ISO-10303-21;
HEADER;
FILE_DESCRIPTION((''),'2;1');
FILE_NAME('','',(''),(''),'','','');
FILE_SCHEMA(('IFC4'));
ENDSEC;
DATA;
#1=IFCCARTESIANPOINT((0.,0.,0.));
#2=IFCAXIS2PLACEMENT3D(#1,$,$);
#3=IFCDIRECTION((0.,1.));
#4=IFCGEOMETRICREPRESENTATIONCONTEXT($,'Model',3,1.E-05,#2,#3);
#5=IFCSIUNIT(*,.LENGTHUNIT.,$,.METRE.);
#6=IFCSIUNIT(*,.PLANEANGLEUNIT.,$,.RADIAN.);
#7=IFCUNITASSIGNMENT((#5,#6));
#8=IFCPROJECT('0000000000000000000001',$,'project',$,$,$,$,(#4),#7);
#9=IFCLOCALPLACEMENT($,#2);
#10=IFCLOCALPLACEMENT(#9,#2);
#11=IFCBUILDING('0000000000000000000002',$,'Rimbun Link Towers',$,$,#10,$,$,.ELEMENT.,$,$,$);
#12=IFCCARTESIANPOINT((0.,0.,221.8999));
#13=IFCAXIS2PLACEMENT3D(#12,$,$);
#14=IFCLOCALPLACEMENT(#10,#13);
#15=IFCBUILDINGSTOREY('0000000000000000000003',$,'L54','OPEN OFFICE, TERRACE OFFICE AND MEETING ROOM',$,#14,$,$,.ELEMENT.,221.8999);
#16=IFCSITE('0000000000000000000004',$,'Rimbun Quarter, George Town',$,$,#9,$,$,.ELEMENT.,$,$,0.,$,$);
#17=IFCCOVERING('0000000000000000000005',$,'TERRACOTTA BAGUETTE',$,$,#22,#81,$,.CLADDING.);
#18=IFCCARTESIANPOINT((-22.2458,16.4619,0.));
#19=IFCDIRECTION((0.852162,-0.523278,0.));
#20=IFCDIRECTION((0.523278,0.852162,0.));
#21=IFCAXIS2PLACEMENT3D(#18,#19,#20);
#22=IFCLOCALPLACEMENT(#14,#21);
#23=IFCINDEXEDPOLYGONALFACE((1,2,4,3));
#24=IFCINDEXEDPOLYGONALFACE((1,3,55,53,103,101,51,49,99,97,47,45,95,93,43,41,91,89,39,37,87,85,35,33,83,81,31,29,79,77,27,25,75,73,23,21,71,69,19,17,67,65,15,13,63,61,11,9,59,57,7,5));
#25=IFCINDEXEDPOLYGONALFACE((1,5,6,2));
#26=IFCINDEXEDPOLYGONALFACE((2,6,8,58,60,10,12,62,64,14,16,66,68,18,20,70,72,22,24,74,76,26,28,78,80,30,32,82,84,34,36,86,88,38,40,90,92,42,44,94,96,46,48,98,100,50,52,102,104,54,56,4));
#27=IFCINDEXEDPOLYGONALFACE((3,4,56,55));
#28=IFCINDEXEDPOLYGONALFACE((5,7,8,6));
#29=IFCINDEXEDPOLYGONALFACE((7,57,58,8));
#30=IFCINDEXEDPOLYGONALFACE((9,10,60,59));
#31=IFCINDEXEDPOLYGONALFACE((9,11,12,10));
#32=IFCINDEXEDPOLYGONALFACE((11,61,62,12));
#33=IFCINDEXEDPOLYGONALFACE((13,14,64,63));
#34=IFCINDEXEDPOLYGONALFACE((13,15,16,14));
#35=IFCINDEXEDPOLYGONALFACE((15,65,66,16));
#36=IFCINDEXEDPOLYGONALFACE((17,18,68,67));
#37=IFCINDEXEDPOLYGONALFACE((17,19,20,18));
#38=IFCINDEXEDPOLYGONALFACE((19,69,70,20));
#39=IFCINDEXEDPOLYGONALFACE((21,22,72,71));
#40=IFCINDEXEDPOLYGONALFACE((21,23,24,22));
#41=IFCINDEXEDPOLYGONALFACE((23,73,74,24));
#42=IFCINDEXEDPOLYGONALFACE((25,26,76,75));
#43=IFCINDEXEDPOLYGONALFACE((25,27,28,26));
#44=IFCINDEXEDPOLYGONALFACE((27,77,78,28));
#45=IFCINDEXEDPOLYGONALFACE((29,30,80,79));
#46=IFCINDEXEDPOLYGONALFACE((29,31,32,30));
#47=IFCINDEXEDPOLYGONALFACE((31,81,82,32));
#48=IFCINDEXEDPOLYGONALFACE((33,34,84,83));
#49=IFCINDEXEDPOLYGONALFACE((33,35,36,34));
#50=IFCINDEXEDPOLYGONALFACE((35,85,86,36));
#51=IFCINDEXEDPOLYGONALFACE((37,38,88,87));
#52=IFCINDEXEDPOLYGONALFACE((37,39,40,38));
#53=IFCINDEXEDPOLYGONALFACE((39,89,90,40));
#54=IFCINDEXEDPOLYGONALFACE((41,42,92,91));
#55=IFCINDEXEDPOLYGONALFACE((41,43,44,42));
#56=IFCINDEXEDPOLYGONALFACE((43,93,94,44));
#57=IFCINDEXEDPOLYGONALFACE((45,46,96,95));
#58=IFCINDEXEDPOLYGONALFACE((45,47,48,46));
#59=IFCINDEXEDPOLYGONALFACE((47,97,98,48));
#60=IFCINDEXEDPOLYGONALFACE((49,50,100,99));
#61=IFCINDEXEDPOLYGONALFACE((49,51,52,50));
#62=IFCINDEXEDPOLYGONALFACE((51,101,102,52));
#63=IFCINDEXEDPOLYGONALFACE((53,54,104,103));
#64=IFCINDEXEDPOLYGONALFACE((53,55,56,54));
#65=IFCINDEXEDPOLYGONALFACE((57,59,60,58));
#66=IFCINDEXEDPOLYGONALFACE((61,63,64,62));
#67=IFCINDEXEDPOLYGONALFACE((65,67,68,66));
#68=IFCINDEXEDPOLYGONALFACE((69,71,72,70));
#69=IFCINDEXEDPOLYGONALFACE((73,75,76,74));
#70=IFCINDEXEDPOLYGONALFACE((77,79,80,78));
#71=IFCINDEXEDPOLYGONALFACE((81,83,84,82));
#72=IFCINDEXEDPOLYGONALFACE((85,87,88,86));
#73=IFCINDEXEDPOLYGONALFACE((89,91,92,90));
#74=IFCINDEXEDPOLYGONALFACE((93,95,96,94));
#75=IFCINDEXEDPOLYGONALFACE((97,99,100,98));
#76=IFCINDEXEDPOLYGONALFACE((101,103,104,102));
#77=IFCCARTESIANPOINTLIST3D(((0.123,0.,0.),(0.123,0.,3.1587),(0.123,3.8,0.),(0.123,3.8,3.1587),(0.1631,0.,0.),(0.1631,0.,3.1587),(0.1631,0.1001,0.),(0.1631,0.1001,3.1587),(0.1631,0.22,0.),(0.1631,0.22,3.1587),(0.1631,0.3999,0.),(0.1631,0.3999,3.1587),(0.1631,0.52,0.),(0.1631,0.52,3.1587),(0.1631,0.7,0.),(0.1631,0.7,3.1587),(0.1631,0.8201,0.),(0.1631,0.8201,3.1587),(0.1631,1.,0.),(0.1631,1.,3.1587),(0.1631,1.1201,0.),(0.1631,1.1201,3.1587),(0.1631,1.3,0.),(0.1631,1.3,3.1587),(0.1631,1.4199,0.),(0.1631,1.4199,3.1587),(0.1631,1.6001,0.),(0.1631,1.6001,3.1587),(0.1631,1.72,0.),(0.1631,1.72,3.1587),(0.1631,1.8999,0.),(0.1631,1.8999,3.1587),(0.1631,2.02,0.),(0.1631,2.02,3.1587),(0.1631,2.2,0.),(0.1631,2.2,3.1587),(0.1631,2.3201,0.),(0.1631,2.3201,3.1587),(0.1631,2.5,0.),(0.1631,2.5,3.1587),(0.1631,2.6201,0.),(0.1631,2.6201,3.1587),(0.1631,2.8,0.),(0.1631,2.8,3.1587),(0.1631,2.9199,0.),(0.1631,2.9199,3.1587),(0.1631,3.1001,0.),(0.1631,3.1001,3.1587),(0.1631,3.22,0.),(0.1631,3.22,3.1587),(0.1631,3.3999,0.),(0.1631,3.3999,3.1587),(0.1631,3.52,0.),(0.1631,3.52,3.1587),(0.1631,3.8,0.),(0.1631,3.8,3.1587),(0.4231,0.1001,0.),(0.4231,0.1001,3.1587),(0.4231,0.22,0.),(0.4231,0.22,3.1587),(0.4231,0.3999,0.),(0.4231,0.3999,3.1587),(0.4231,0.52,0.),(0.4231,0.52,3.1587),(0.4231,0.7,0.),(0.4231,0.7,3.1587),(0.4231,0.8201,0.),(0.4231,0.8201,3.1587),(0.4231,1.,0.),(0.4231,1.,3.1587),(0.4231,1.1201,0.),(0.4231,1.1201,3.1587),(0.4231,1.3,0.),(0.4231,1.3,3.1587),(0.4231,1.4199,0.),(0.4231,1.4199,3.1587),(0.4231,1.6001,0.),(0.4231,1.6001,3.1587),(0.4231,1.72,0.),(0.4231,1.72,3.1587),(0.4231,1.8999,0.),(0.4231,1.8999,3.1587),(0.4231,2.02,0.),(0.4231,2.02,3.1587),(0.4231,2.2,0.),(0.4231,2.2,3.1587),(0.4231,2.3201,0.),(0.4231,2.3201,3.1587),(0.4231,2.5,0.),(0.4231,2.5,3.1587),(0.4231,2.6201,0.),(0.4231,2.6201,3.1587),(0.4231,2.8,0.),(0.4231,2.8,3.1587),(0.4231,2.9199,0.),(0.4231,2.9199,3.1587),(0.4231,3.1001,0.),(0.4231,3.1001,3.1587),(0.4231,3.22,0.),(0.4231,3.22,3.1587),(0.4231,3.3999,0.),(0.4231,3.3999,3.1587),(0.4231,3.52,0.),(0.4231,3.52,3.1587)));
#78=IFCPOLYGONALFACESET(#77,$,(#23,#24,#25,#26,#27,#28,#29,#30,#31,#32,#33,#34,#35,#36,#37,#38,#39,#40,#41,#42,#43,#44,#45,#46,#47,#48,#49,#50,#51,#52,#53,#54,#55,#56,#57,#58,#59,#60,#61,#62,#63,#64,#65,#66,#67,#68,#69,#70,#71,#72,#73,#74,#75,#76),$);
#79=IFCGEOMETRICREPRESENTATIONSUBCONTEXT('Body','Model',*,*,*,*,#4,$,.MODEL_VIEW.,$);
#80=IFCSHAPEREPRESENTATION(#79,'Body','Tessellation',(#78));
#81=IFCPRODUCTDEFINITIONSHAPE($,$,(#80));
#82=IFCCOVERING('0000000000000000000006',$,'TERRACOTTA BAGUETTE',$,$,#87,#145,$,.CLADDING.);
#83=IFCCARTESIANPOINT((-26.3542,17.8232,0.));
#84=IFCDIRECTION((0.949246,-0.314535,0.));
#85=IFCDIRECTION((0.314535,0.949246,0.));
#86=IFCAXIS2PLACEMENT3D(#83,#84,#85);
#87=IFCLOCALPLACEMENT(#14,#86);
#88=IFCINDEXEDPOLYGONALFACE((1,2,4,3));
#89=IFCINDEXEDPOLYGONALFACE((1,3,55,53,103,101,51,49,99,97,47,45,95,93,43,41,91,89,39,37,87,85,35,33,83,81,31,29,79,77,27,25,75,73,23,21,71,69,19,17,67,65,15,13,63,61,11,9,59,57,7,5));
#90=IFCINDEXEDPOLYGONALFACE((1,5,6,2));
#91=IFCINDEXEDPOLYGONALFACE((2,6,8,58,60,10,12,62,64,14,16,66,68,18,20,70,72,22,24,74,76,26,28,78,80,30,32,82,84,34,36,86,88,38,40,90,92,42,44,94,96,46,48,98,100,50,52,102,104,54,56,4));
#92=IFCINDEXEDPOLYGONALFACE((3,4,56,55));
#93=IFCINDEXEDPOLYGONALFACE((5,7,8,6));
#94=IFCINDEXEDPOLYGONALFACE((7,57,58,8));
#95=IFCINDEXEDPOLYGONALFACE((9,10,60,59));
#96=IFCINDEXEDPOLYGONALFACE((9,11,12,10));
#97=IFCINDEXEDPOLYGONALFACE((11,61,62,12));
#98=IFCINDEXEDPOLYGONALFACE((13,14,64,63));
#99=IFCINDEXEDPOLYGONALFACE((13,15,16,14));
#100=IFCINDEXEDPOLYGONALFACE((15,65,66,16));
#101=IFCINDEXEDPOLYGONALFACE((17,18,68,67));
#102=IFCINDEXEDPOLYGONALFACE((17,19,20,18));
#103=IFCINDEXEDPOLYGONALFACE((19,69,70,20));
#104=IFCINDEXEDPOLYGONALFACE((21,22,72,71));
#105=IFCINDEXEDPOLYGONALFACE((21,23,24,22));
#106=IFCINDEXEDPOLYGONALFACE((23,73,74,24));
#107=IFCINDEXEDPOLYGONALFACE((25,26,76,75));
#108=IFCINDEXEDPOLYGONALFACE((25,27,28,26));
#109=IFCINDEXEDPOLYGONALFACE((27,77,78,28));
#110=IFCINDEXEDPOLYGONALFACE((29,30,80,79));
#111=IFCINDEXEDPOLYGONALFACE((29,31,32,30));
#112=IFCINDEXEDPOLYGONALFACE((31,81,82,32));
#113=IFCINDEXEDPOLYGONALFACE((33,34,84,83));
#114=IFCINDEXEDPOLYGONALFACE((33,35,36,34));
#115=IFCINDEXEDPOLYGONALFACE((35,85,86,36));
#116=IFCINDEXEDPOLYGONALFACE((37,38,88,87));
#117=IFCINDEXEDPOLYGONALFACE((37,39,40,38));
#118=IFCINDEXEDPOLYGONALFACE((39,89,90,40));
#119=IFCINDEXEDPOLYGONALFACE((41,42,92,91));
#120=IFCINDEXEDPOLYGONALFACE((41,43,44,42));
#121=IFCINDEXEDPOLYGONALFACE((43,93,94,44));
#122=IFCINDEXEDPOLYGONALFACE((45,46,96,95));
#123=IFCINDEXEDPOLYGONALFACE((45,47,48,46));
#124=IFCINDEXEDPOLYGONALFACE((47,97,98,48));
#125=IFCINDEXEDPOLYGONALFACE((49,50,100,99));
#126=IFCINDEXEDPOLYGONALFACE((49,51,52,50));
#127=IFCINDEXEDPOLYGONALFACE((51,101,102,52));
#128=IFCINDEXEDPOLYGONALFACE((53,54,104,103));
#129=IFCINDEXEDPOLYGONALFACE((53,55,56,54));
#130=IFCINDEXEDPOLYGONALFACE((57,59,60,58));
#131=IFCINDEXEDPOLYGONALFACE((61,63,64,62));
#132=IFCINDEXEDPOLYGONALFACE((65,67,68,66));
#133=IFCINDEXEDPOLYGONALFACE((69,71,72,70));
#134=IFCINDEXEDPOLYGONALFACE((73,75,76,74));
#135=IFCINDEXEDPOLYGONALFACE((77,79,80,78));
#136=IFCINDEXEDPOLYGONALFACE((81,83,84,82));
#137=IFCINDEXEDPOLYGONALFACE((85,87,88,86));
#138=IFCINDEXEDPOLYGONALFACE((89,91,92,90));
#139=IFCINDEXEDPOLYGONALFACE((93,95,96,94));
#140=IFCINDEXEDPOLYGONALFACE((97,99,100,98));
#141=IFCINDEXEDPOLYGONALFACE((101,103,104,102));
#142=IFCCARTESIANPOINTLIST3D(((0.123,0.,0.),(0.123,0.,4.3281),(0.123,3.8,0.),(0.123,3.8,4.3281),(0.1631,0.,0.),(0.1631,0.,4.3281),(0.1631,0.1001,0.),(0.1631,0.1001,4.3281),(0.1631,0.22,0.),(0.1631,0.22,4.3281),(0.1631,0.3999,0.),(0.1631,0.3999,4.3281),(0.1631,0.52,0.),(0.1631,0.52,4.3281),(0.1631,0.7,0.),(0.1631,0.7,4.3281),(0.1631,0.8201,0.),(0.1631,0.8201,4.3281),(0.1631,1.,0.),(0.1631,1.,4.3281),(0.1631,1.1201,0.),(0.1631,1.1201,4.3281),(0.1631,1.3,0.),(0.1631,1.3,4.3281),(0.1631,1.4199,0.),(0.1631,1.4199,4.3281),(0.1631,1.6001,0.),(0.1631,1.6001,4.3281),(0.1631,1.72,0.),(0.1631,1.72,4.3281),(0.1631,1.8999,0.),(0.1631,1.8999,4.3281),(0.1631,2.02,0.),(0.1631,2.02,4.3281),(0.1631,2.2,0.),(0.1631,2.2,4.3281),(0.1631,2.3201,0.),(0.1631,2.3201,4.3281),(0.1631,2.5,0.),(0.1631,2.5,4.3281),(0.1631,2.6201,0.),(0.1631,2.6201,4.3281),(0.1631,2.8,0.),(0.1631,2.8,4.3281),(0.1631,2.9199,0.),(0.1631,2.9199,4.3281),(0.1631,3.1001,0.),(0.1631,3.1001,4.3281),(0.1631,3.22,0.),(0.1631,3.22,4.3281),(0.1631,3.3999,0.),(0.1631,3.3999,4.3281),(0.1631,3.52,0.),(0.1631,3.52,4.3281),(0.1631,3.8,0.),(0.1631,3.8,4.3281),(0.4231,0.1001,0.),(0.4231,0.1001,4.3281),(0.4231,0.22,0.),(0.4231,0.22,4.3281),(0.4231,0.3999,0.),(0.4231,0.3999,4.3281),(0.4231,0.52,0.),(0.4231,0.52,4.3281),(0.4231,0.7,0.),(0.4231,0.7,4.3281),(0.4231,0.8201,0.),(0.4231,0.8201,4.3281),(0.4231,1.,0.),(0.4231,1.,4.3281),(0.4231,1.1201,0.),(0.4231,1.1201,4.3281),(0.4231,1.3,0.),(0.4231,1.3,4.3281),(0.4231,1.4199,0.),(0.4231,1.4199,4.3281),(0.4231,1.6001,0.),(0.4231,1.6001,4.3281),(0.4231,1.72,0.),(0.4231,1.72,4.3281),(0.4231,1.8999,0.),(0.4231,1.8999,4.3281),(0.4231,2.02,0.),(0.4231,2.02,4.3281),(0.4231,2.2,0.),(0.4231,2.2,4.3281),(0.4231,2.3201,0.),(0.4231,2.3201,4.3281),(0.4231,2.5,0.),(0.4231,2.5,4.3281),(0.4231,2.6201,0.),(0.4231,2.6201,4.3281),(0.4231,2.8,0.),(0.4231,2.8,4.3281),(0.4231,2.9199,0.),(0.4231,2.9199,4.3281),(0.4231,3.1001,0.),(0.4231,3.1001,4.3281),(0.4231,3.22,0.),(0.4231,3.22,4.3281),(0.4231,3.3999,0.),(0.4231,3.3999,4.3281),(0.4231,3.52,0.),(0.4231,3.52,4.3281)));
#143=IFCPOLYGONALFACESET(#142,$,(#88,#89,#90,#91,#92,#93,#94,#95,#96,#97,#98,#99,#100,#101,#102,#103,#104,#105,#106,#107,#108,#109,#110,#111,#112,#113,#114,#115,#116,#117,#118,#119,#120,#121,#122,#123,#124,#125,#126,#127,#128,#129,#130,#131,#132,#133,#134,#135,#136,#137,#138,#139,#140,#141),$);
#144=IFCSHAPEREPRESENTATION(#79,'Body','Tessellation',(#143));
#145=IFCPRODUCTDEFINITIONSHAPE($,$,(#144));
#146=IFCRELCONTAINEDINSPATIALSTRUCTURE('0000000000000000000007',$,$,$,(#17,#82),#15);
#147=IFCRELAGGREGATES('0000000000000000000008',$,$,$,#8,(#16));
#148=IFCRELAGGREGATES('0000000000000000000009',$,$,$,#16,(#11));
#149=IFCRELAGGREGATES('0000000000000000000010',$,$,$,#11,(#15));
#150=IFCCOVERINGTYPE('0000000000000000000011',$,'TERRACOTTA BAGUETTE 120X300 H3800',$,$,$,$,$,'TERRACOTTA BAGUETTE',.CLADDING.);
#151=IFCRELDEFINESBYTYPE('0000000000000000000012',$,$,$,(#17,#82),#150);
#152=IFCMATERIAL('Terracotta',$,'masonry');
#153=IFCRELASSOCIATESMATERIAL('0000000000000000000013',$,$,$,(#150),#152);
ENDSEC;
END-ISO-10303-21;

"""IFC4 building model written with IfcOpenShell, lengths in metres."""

from ifc_helpers import new_model, si_unit, direction, frame, origin, place, context, subcontext, project, spatial, polyline, outline, extrude, material, material_profile, profile_set, type_object, element, save


model = new_model("IFC4")

# Units and contexts
model_context = context("Model", 3, precision=1e-05, world=origin(), true_north=direction((0.0, 1.0)))
body_context = subcontext(model_context, "Body", "Model", "MODEL_VIEW")
ifc_project = project(units=[si_unit("LENGTHUNIT", "METRE"), si_unit("PLANEANGLEUNIT", "RADIAN")], contexts=[model_context])

# Site, building, storey
site_placement = place(None, origin())
site = spatial("IfcSite", under=ifc_project, at=site_placement, Name="Rimbun Quarter, George Town", CompositionType="ELEMENT", RefElevation=0.0)
building_placement = place(site_placement, origin())
building = spatial("IfcBuilding", under=site, at=building_placement, Name="Rimbun Link Towers", CompositionType="ELEMENT")
storey_placement = place(building_placement, frame((0.0, 0.0, 221.8999)))
storey = spatial("IfcBuildingStorey", under=building, at=storey_placement, Name="L54", Description="OPEN OFFICE, TERRACE OFFICE AND MEETING ROOM", CompositionType="ELEMENT", Elevation=221.8999)

# Coverings
ifc_material_1 = material(Name="Terracotta", Category="masonry")
ifc_material_profile_1 = material_profile(ifc_material_1, outline(polyline([(0.123, 0.0), (0.1631, 0.0), (0.1631, 0.1001), (0.4231, 0.1001), (0.4231, 0.22), (0.1631, 0.22), (0.1631, 0.3999), (0.4231, 0.3999), (0.4231, 0.52), (0.1631, 0.52), (0.1631, 0.7), (0.4231, 0.7), (0.4231, 0.8201), (0.1631, 0.8201), (0.1631, 1.0), (0.4231, 1.0), (0.4231, 1.1201), (0.1631, 1.1201), (0.1631, 1.3), (0.4231, 1.3), (0.4231, 1.4199), (0.1631, 1.4199), (0.1631, 1.6001), (0.4231, 1.6001), (0.4231, 1.72), (0.1631, 1.72), (0.1631, 1.8999), (0.4231, 1.8999), (0.4231, 2.02), (0.1631, 2.02), (0.1631, 2.2), (0.4231, 2.2), (0.4231, 2.3201), (0.1631, 2.3201), (0.1631, 2.5), (0.4231, 2.5), (0.4231, 2.6201), (0.1631, 2.6201), (0.1631, 2.8), (0.4231, 2.8), (0.4231, 2.9199), (0.1631, 2.9199), (0.1631, 3.1001), (0.4231, 3.1001), (0.4231, 3.22), (0.1631, 3.22), (0.1631, 3.3999), (0.4231, 3.3999), (0.4231, 3.52), (0.1631, 3.52), (0.1631, 3.8), (0.123, 3.8), (0.123, 0.0)])), Name="BAGUETTE 120X300")
ifc_profile_set_1 = profile_set([ifc_material_profile_1], Name="Terracotta")
covering_type = type_object("IfcCoveringType", Name="TERRACOTTA BAGUETTE 120X300 H3800", ElementType="TERRACOTTA BAGUETTE", PredefinedType="CLADDING", material=ifc_profile_set_1)
covering_1_placement = place(storey_placement, frame((-22.2458, 16.4619, 0.0), z_axis=(0.852162, -0.523278, 0.0), x_axis=(0.523278, 0.852162, 0.0)))
element("IfcCovering", 1, at=covering_1_placement, inside=storey, type_object=covering_type, Name="TERRACOTTA BAGUETTE", PredefinedType="CLADDING", context=body_context, shape_type="SweptSolid", body=[
    extrude(outline(polyline([(0.123, 0.0), (0.1631, 0.0), (0.1631, 0.1001), (0.4231, 0.1001), (0.4231, 0.22), (0.1631, 0.22), (0.1631, 0.3999), (0.4231, 0.3999), (0.4231, 0.52), (0.1631, 0.52), (0.1631, 0.7), (0.4231, 0.7), (0.4231, 0.8201), (0.1631, 0.8201), (0.1631, 1.0), (0.4231, 1.0), (0.4231, 1.1201), (0.1631, 1.1201), (0.1631, 1.3), (0.4231, 1.3), (0.4231, 1.4199), (0.1631, 1.4199), (0.1631, 1.6001), (0.4231, 1.6001), (0.4231, 1.72), (0.1631, 1.72), (0.1631, 1.8999), (0.4231, 1.8999), (0.4231, 2.02), (0.1631, 2.02), (0.1631, 2.2), (0.4231, 2.2), (0.4231, 2.3201), (0.1631, 2.3201), (0.1631, 2.5), (0.4231, 2.5), (0.4231, 2.6201), (0.1631, 2.6201), (0.1631, 2.8), (0.4231, 2.8), (0.4231, 2.9199), (0.1631, 2.9199), (0.1631, 3.1001), (0.4231, 3.1001), (0.4231, 3.22), (0.1631, 3.22), (0.1631, 3.3999), (0.4231, 3.3999), (0.4231, 3.52), (0.1631, 3.52), (0.1631, 3.8), (0.123, 3.8), (0.123, 0.0)])), origin(), (0.0, 0.0, 1.0), 3.1587),
])
covering_2_placement = place(storey_placement, frame((-26.3542, 17.8232, 0.0), z_axis=(0.949246, -0.314535, 0.0), x_axis=(0.314535, 0.949246, 0.0)))
element("IfcCovering", 2, at=covering_2_placement, inside=storey, type_object=covering_type, Name="TERRACOTTA BAGUETTE", PredefinedType="CLADDING", context=body_context, shape_type="SweptSolid", body=[
    extrude(outline(polyline([(0.123, 0.0), (0.1631, 0.0), (0.1631, 0.1001), (0.4231, 0.1001), (0.4231, 0.22), (0.1631, 0.22), (0.1631, 0.3999), (0.4231, 0.3999), (0.4231, 0.52), (0.1631, 0.52), (0.1631, 0.7), (0.4231, 0.7), (0.4231, 0.8201), (0.1631, 0.8201), (0.1631, 1.0), (0.4231, 1.0), (0.4231, 1.1201), (0.1631, 1.1201), (0.1631, 1.3), (0.4231, 1.3), (0.4231, 1.4199), (0.1631, 1.4199), (0.1631, 1.6001), (0.4231, 1.6001), (0.4231, 1.72), (0.1631, 1.72), (0.1631, 1.8999), (0.4231, 1.8999), (0.4231, 2.02), (0.1631, 2.02), (0.1631, 2.2), (0.4231, 2.2), (0.4231, 2.3201), (0.1631, 2.3201), (0.1631, 2.5), (0.4231, 2.5), (0.4231, 2.6201), (0.1631, 2.6201), (0.1631, 2.8), (0.4231, 2.8), (0.4231, 2.9199), (0.1631, 2.9199), (0.1631, 3.1001), (0.4231, 3.1001), (0.4231, 3.22), (0.1631, 3.22), (0.1631, 3.3999), (0.4231, 3.3999), (0.4231, 3.52), (0.1631, 3.52), (0.1631, 3.8), (0.123, 3.8), (0.123, 0.0)])), origin(), (0.0, 0.0, 1.0), 4.3281),
])

save(model, "model.ifc")
